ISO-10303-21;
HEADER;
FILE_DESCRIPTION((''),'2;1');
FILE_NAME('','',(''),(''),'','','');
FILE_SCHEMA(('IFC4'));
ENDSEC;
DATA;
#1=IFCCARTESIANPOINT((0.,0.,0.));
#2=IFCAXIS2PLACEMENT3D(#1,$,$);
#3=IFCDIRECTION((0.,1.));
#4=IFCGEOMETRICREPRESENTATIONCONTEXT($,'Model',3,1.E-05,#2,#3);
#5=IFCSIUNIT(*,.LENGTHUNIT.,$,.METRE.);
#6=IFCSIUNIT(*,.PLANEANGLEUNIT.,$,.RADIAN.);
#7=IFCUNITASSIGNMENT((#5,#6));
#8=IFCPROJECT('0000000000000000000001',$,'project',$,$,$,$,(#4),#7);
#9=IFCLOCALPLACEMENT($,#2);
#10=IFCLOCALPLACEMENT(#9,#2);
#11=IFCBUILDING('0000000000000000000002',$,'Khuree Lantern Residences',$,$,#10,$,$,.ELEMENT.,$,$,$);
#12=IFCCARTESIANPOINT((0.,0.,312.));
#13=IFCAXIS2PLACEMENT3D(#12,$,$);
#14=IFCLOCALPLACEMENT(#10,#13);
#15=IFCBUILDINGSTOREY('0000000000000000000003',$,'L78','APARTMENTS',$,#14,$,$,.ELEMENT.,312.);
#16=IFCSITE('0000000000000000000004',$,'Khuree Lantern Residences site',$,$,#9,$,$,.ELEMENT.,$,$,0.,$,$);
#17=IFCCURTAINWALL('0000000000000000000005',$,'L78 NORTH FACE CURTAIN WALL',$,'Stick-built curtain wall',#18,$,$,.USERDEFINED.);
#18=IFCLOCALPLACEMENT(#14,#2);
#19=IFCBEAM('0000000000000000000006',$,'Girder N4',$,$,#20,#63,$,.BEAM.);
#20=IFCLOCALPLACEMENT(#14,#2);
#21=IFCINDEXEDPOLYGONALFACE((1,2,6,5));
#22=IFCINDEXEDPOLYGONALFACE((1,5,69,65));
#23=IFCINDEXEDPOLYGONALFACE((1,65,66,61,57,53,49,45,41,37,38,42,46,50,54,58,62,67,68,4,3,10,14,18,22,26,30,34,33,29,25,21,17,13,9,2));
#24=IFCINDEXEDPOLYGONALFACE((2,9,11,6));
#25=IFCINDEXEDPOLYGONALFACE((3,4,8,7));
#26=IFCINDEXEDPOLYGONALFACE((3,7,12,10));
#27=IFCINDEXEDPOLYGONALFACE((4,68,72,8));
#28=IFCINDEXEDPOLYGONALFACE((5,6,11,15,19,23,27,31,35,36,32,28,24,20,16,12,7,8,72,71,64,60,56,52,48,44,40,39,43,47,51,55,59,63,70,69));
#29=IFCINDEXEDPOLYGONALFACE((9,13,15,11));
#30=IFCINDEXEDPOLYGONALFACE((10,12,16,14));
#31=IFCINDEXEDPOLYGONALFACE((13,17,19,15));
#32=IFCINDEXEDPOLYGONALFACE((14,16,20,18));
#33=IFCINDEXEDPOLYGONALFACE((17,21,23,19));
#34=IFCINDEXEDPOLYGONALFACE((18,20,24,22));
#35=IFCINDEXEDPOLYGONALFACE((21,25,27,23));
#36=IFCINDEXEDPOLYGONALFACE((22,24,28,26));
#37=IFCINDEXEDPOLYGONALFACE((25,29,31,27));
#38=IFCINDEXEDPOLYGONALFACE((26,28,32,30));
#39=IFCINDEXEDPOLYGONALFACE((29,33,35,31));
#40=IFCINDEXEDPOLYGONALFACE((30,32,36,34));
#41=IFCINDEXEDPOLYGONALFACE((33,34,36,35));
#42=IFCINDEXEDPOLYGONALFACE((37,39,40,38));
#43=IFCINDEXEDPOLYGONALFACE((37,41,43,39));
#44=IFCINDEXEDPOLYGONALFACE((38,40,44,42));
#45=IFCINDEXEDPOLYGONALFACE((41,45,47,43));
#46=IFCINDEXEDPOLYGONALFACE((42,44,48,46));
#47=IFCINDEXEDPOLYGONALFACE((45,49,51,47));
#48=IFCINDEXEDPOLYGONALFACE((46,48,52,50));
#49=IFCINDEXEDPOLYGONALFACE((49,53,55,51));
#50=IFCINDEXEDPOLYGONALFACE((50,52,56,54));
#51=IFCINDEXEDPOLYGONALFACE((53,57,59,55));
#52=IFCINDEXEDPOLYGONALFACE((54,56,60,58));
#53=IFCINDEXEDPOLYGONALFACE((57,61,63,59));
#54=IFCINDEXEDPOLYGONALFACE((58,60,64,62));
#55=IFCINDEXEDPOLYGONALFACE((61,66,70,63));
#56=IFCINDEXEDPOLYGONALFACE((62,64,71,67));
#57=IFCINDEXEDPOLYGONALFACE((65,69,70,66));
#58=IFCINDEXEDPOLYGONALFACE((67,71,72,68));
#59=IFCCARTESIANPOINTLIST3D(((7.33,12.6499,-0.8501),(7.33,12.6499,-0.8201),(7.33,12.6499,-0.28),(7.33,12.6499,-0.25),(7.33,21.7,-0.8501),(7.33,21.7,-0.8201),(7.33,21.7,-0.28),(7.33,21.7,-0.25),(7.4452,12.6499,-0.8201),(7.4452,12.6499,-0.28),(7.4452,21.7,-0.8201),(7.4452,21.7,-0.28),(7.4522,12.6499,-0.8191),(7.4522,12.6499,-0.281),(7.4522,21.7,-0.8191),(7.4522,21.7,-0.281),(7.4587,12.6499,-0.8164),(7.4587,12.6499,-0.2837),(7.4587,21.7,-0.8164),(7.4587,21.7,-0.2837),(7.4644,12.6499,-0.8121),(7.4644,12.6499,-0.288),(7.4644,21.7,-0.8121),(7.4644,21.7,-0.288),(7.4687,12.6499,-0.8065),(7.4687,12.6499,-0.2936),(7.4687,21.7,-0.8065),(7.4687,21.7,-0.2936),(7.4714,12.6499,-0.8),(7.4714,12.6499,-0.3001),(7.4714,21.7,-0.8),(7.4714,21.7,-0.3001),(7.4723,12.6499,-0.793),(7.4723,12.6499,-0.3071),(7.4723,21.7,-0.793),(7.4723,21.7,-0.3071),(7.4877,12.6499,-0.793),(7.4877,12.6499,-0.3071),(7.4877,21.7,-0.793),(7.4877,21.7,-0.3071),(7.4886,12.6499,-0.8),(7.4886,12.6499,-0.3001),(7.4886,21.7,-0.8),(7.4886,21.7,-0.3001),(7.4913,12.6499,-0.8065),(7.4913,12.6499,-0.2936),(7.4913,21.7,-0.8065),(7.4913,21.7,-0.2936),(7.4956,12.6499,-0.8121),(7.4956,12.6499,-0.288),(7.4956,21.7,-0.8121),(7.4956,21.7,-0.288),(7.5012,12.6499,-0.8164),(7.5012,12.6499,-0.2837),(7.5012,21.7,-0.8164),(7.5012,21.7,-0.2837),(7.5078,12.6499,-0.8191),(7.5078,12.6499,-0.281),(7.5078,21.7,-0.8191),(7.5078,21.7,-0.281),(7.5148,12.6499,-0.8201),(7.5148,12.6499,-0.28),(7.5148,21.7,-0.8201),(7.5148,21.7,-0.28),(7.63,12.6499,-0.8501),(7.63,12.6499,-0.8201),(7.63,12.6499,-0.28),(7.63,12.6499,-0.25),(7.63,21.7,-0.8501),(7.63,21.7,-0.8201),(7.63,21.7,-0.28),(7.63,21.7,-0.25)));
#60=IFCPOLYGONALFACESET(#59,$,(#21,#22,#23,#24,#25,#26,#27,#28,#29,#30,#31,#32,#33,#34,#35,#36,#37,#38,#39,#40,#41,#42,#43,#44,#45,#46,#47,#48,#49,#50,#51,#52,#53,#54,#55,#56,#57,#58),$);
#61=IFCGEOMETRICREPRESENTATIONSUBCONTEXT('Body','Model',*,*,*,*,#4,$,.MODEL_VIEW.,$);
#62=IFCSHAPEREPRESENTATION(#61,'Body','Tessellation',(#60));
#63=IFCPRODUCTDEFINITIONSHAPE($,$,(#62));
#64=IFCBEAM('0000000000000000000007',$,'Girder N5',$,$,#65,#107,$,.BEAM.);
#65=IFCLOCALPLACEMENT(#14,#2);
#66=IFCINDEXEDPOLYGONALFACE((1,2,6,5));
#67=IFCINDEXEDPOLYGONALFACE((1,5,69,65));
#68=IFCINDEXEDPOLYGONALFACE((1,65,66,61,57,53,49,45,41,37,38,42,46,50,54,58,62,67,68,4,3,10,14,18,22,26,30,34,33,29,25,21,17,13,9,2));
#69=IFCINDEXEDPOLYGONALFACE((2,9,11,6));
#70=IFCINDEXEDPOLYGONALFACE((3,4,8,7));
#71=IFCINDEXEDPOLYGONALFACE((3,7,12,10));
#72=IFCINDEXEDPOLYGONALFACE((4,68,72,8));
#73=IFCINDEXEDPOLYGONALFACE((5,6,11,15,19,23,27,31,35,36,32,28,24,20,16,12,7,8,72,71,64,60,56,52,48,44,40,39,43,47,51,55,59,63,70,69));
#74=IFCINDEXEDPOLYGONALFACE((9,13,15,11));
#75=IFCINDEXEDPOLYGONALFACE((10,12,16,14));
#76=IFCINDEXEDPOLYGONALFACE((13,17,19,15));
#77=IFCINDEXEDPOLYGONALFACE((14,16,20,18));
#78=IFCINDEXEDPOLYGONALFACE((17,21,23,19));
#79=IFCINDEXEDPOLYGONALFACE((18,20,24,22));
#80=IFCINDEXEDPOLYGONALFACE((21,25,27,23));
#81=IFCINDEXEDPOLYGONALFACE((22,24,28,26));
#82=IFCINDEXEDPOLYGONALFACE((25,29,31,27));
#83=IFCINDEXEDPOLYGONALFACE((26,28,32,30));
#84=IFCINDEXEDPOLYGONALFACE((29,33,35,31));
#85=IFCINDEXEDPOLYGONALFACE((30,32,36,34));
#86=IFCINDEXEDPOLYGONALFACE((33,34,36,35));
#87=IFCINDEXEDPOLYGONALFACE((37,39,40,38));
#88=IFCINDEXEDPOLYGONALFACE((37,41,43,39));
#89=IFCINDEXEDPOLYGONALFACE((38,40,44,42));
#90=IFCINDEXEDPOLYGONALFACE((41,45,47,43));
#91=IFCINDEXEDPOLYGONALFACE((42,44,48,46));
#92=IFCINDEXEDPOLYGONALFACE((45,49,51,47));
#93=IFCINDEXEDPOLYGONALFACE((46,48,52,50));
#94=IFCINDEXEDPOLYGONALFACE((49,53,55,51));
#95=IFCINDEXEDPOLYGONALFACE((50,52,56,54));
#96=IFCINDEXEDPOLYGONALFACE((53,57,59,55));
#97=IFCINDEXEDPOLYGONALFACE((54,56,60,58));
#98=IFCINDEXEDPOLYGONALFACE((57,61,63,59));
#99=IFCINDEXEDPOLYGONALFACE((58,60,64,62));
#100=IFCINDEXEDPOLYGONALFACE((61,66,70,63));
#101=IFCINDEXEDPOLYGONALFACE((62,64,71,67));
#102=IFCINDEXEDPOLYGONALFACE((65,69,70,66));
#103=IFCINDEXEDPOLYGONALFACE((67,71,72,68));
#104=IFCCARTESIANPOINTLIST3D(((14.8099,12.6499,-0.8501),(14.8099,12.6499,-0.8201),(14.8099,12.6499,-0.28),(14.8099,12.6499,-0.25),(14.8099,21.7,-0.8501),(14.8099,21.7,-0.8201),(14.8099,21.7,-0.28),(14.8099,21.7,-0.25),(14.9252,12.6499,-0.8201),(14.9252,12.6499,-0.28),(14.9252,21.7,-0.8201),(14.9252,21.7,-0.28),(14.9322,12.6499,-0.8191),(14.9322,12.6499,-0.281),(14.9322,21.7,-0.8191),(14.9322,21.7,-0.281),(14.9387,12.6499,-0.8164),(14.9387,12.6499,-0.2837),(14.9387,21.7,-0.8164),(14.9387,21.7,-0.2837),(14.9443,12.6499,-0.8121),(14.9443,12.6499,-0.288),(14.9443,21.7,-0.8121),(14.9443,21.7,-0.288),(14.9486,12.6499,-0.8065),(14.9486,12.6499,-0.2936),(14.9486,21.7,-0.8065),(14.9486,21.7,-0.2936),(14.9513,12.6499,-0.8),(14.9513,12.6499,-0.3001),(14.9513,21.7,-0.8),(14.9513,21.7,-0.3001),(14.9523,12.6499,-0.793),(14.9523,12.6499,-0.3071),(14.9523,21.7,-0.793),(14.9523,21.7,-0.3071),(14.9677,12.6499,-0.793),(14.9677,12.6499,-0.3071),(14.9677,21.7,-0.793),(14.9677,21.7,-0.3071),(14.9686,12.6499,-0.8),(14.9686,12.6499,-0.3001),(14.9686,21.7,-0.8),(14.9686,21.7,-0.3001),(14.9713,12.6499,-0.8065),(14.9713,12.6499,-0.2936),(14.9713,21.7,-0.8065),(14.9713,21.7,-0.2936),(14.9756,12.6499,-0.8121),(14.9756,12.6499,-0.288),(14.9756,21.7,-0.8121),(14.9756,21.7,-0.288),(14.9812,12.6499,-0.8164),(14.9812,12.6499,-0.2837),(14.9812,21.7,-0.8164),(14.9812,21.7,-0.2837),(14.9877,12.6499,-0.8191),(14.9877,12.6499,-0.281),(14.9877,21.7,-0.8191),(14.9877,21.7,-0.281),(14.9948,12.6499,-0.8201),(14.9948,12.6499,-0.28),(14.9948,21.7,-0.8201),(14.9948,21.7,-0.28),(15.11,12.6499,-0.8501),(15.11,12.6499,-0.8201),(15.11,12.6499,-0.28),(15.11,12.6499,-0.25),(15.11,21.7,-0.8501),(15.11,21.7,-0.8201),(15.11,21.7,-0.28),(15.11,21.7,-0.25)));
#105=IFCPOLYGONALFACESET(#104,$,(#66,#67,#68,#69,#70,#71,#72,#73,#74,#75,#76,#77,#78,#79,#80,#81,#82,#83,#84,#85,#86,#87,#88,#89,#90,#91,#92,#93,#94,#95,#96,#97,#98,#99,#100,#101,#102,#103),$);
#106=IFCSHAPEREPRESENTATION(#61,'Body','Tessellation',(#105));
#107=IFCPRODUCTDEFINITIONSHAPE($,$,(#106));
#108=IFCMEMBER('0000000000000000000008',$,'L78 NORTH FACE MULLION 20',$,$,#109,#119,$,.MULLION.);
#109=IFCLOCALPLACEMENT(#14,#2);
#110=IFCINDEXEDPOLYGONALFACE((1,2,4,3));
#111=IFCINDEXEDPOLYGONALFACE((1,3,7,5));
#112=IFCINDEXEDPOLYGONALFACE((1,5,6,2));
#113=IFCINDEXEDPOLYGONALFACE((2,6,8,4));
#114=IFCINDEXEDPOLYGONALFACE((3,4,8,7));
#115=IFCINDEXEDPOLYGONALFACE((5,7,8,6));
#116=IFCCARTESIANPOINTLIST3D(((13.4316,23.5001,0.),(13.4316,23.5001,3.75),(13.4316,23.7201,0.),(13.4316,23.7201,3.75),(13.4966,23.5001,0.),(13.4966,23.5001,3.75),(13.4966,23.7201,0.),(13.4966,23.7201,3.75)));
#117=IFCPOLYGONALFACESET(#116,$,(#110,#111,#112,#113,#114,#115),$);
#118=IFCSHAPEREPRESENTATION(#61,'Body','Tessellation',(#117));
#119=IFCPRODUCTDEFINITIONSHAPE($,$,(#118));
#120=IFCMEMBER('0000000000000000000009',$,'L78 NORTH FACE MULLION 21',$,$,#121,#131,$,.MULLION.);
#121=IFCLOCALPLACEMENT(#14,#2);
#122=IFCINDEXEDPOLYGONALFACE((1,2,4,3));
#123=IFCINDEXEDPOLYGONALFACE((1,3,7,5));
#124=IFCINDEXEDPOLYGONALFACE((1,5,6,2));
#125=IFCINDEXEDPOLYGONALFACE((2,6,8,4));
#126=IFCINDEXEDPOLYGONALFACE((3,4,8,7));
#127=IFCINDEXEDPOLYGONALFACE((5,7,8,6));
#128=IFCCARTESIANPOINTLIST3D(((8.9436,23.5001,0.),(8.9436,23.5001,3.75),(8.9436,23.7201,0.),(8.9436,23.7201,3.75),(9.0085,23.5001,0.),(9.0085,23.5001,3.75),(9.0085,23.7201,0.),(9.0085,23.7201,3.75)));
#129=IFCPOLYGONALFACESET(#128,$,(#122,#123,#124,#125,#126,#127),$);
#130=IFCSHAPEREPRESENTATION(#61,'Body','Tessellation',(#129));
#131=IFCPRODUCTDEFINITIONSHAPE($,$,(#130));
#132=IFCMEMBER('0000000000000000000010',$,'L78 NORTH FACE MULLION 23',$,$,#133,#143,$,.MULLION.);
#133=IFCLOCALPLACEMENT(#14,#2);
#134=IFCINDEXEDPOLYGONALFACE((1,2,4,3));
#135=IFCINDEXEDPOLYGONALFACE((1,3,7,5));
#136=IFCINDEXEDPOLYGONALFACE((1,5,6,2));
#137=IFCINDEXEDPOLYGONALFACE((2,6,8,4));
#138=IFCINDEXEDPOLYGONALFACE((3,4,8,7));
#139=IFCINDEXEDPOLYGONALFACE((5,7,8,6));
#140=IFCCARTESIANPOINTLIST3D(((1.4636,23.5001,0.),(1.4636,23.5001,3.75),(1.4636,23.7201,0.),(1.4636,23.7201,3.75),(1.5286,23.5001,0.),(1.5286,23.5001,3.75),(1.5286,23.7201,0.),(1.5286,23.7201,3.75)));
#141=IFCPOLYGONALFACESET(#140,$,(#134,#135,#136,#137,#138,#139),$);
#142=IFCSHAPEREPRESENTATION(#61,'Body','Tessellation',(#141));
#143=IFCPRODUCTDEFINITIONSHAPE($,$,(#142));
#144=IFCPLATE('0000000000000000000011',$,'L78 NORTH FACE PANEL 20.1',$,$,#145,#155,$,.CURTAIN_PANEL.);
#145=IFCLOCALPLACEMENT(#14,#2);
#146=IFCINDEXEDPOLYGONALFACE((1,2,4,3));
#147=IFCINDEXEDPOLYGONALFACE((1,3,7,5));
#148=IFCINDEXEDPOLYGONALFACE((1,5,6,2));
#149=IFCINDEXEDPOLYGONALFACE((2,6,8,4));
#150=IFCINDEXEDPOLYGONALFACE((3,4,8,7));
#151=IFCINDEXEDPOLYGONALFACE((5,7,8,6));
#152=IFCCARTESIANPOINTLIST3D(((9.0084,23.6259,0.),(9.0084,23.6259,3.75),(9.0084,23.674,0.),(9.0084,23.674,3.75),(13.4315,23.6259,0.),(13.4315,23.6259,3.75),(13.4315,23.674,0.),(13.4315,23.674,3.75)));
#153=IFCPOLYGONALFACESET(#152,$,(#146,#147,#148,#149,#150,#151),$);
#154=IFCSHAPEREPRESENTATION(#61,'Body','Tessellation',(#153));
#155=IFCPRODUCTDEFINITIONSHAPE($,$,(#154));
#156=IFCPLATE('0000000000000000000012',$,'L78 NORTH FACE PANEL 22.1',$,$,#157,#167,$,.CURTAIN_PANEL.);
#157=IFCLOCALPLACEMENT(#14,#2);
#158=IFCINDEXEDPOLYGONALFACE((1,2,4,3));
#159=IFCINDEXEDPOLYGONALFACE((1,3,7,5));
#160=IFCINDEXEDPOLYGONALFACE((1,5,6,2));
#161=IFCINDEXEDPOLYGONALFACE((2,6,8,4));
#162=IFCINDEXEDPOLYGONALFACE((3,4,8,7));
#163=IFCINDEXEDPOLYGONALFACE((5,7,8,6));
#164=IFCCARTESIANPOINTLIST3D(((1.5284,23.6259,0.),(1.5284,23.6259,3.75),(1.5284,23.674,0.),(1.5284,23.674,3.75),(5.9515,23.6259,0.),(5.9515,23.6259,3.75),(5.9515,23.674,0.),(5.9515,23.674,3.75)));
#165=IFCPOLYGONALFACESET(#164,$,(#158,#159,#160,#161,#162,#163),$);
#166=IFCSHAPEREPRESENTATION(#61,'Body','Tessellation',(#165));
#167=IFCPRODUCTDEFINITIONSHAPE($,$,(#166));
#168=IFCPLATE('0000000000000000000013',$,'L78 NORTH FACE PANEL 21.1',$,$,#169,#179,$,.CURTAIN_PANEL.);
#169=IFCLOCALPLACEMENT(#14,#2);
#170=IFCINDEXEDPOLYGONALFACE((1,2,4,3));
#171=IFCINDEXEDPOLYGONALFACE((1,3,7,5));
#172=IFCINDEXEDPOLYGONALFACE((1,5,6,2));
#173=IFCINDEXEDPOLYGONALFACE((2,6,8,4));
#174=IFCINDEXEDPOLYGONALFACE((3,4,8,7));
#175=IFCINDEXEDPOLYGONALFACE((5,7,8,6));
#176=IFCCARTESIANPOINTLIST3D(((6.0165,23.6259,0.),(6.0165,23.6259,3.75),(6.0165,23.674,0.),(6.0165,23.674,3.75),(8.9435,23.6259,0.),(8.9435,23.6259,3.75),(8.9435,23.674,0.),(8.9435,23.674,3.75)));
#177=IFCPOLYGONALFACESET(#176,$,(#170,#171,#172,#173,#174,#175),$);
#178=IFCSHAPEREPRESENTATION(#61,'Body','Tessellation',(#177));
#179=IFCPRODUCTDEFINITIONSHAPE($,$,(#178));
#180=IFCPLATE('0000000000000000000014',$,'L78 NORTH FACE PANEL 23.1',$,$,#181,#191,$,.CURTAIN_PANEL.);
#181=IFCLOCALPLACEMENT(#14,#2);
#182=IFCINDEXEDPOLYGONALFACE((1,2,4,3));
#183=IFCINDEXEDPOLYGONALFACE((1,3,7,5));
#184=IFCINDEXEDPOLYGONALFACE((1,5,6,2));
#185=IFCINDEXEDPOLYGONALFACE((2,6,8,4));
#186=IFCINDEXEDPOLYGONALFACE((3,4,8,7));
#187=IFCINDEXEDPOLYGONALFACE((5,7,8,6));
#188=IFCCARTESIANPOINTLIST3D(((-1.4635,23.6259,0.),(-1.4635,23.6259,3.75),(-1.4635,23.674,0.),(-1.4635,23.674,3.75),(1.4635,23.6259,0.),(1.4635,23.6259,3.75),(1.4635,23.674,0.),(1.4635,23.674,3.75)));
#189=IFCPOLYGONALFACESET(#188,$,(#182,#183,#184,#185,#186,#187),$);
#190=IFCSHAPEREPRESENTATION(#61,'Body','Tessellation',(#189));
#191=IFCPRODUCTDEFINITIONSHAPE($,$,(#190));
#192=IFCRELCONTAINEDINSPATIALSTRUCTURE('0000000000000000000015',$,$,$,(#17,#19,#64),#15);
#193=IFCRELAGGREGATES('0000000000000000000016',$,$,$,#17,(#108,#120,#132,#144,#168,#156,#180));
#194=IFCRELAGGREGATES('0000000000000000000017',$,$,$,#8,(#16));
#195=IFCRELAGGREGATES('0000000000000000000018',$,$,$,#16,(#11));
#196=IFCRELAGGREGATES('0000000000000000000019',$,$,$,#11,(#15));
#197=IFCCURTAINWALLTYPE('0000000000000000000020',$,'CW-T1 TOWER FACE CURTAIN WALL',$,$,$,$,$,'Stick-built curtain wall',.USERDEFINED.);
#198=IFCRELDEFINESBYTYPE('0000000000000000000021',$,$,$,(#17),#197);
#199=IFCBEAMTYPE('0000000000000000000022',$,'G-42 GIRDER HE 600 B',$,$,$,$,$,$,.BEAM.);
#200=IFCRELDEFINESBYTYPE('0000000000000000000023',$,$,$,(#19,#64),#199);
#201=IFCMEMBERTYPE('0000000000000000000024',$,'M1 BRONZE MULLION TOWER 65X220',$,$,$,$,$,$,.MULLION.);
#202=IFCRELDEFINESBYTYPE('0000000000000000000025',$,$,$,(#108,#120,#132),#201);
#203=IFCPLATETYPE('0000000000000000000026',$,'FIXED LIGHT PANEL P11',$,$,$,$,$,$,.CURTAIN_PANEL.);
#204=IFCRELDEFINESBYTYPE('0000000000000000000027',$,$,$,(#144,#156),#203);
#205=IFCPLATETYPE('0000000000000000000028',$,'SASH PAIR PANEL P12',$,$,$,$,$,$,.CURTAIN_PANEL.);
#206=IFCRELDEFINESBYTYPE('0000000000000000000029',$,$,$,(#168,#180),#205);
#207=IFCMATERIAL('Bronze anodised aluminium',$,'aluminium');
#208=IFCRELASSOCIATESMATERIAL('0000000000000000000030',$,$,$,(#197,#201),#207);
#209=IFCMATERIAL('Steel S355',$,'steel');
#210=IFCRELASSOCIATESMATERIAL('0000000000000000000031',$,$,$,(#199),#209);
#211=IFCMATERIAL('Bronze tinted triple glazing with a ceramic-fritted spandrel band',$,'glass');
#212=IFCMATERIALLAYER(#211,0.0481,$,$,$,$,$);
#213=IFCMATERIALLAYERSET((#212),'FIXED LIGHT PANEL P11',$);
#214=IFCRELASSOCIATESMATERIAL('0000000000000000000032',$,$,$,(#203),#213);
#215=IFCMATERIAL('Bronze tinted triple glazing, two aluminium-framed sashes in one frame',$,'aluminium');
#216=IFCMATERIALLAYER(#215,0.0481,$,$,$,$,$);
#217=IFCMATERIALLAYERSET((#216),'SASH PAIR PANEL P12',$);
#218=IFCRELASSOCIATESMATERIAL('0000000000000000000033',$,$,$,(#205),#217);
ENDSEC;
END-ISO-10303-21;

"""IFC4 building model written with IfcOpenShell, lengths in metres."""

from ifc_helpers import new_model, si_unit, direction, frame, origin, origin_2d, place, context, subcontext, project, spatial, rectangle, i_section, extrude, material, layer, layer_set, material_profile, profile_set, type_object, element, aggregate, save


model = new_model("IFC4")

# Units and contexts
model_context = context("Model", 3, precision=1e-05, world=origin(), true_north=direction((0.0, 1.0)))
body_context = subcontext(model_context, "Body", "Model", "MODEL_VIEW")
ifc_project = project(units=[si_unit("LENGTHUNIT", "METRE"), si_unit("PLANEANGLEUNIT", "RADIAN")], contexts=[model_context])

# Site, building, storey
site_placement = place(None, origin())
site = spatial("IfcSite", under=ifc_project, at=site_placement, Name="Khuree Lantern Residences site", CompositionType="ELEMENT", RefElevation=0.0)
building_placement = place(site_placement, origin())
building = spatial("IfcBuilding", under=site, at=building_placement, Name="Khuree Lantern Residences", CompositionType="ELEMENT")
storey_placement = place(building_placement, frame((0.0, 0.0, 312.0)))
storey = spatial("IfcBuildingStorey", under=building, at=storey_placement, Name="L78", Description="APARTMENTS", CompositionType="ELEMENT", Elevation=312.0)

# Shared definitions
ifc_material_1 = material(Name="Steel S355", Category="steel")

# Curtain wall
ifc_material_2 = material(Name="Bronze anodised aluminium", Category="aluminium")
curtain_wall_type = type_object("IfcCurtainWallType", Name="CW-T1 TOWER FACE CURTAIN WALL", ElementType="Stick-built curtain wall", PredefinedType="USERDEFINED", material=ifc_material_2)
curtain_wall_placement = place(storey_placement, origin())
curtain_wall = element("IfcCurtainWall", 1, at=curtain_wall_placement, inside=storey, type_object=curtain_wall_type, Name="L78 NORTH FACE CURTAIN WALL", ObjectType="Stick-built curtain wall", PredefinedType="USERDEFINED")

# Beams
ifc_material_profile_1 = material_profile(ifc_material_1, i_section(OverallWidth=0.3, OverallDepth=0.6001, WebThickness=0.0154, FlangeThickness=0.03, FilletRadius=0.0271, at=origin_2d()), Name="HE 600 B")
ifc_profile_set_1 = profile_set([ifc_material_profile_1], Name="Steel S355")
beam_type_1 = type_object("IfcBeamType", Name="G-42 GIRDER HE 600 B", PredefinedType="BEAM", material=ifc_profile_set_1)
for number, where, z_axis, x_axis, name in (
    (2, (7.48, 21.7, -0.55), (0.0, -1.0, 0.0), (1.0, 0.0, 0.0), "Girder N4"),
    (3, (14.96, 21.7, -0.55), (0.0, -1.0, 0.0), (1.0, 0.0, 0.0), "Girder N5"),
):
    element("IfcBeam", number, at=place(storey_placement, frame(where, z_axis=z_axis, x_axis=x_axis)), inside=storey, type_object=beam_type_1, Name=name, PredefinedType="BEAM", context=body_context, shape_type="SweptSolid", body=[
        extrude(i_section(OverallWidth=0.3, OverallDepth=0.6001, WebThickness=0.0154, FlangeThickness=0.03, FilletRadius=0.0271, at=origin_2d()), origin(), (0.0, 0.0, 1.0), 9.05),
    ])

# Members
ifc_material_profile_2 = material_profile(ifc_material_2, rectangle(XDim=0.0649, YDim=0.22, at=origin_2d()), Name="M1 65X220")
ifc_profile_set_2 = profile_set([ifc_material_profile_2], Name="Bronze anodised aluminium")
member_type_1 = type_object("IfcMemberType", Name="M1 BRONZE MULLION TOWER 65X220", PredefinedType="MULLION", material=ifc_profile_set_2)
member_1_placement = place(storey_placement, frame((13.4641, 23.6101, 0.0), z_axis=(0.0, 0.0, 1.0), x_axis=(-1.0, 0.0, 0.0)))
member_1 = element("IfcMember", 4, at=member_1_placement, type_object=member_type_1, Name="L78 NORTH FACE MULLION 20", PredefinedType="MULLION", context=body_context, shape_type="SweptSolid", body=[
    extrude(rectangle(XDim=0.0649, YDim=0.22, at=origin_2d()), origin(), (0.0, 0.0, 1.0), 3.75),
])
member_2_placement = place(storey_placement, frame((8.9761, 23.6101, 0.0), z_axis=(0.0, 0.0, 1.0), x_axis=(-1.0, 0.0, 0.0)))
member_2 = element("IfcMember", 5, at=member_2_placement, type_object=member_type_1, Name="L78 NORTH FACE MULLION 21", PredefinedType="MULLION", context=body_context, shape_type="SweptSolid", body=[
    extrude(rectangle(XDim=0.0649, YDim=0.22, at=origin_2d()), origin(), (0.0, 0.0, 1.0), 3.75),
])
member_3_placement = place(storey_placement, frame((1.4961, 23.6101, 0.0), z_axis=(0.0, 0.0, 1.0), x_axis=(-1.0, 0.0, 0.0)))
member_3 = element("IfcMember", 6, at=member_3_placement, type_object=member_type_1, Name="L78 NORTH FACE MULLION 23", PredefinedType="MULLION", context=body_context, shape_type="SweptSolid", body=[
    extrude(rectangle(XDim=0.0649, YDim=0.22, at=origin_2d()), origin(), (0.0, 0.0, 1.0), 3.75),
])

# Plates
ifc_material_3 = material(Name="Bronze tinted triple glazing with a ceramic-fritted spandrel band", Category="glass")
ifc_layer_1 = layer(ifc_material_3, 0.0481)
ifc_layer_set_1 = layer_set([ifc_layer_1], Name="FIXED LIGHT PANEL P11")
plate_type_1 = type_object("IfcPlateType", Name="FIXED LIGHT PANEL P11", PredefinedType="CURTAIN_PANEL", material=ifc_layer_set_1)
plate_1_placement = place(storey_placement, frame((11.22, 23.6499, 0.0), z_axis=(0.0, 0.0, 1.0), x_axis=(-1.0, 0.0, 0.0)))
plate_1 = element("IfcPlate", 7, at=plate_1_placement, type_object=plate_type_1, Name="L78 NORTH FACE PANEL 20.1", PredefinedType="CURTAIN_PANEL", context=body_context, shape_type="SweptSolid", body=[
    extrude(rectangle(XDim=4.4231, YDim=0.0481, at=origin_2d()), origin(), (0.0, 0.0, 1.0), 3.75),
])
plate_2_placement = place(storey_placement, frame((3.74, 23.6499, 0.0), z_axis=(0.0, 0.0, 1.0), x_axis=(-1.0, 0.0, 0.0)))
plate_2 = element("IfcPlate", 8, at=plate_2_placement, type_object=plate_type_1, Name="L78 NORTH FACE PANEL 22.1", PredefinedType="CURTAIN_PANEL", context=body_context, shape_type="SweptSolid", body=[
    extrude(rectangle(XDim=4.4231, YDim=0.0481, at=origin_2d()), origin(), (0.0, 0.0, 1.0), 3.75),
])
ifc_material_4 = material(Name="Bronze tinted triple glazing, two aluminium-framed sashes in one frame", Category="aluminium")
ifc_layer_2 = layer(ifc_material_4, 0.0481)
ifc_layer_set_2 = layer_set([ifc_layer_2], Name="SASH PAIR PANEL P12")
plate_type_2 = type_object("IfcPlateType", Name="SASH PAIR PANEL P12", PredefinedType="CURTAIN_PANEL", material=ifc_layer_set_2)
plate_3_placement = place(storey_placement, frame((7.48, 23.6499, 0.0), z_axis=(0.0, 0.0, 1.0), x_axis=(-1.0, 0.0, 0.0)))
plate_3 = element("IfcPlate", 9, at=plate_3_placement, type_object=plate_type_2, Name="L78 NORTH FACE PANEL 21.1", PredefinedType="CURTAIN_PANEL", context=body_context, shape_type="SweptSolid", body=[
    extrude(rectangle(XDim=2.927, YDim=0.0481, at=origin_2d()), origin(), (0.0, 0.0, 1.0), 3.75),
])
plate_4_placement = place(storey_placement, frame((0.0, 23.6499, 0.0), z_axis=(0.0, 0.0, 1.0), x_axis=(-1.0, 0.0, 0.0)))
plate_4 = element("IfcPlate", 10, at=plate_4_placement, type_object=plate_type_2, Name="L78 NORTH FACE PANEL 23.1", PredefinedType="CURTAIN_PANEL", context=body_context, shape_type="SweptSolid", body=[
    extrude(rectangle(XDim=2.927, YDim=0.0481, at=origin_2d()), origin(), (0.0, 0.0, 1.0), 3.75),
])
aggregate(curtain_wall, [member_1, member_2, member_3, plate_1, plate_3, plate_2, plate_4])

save(model, "model.ifc")
